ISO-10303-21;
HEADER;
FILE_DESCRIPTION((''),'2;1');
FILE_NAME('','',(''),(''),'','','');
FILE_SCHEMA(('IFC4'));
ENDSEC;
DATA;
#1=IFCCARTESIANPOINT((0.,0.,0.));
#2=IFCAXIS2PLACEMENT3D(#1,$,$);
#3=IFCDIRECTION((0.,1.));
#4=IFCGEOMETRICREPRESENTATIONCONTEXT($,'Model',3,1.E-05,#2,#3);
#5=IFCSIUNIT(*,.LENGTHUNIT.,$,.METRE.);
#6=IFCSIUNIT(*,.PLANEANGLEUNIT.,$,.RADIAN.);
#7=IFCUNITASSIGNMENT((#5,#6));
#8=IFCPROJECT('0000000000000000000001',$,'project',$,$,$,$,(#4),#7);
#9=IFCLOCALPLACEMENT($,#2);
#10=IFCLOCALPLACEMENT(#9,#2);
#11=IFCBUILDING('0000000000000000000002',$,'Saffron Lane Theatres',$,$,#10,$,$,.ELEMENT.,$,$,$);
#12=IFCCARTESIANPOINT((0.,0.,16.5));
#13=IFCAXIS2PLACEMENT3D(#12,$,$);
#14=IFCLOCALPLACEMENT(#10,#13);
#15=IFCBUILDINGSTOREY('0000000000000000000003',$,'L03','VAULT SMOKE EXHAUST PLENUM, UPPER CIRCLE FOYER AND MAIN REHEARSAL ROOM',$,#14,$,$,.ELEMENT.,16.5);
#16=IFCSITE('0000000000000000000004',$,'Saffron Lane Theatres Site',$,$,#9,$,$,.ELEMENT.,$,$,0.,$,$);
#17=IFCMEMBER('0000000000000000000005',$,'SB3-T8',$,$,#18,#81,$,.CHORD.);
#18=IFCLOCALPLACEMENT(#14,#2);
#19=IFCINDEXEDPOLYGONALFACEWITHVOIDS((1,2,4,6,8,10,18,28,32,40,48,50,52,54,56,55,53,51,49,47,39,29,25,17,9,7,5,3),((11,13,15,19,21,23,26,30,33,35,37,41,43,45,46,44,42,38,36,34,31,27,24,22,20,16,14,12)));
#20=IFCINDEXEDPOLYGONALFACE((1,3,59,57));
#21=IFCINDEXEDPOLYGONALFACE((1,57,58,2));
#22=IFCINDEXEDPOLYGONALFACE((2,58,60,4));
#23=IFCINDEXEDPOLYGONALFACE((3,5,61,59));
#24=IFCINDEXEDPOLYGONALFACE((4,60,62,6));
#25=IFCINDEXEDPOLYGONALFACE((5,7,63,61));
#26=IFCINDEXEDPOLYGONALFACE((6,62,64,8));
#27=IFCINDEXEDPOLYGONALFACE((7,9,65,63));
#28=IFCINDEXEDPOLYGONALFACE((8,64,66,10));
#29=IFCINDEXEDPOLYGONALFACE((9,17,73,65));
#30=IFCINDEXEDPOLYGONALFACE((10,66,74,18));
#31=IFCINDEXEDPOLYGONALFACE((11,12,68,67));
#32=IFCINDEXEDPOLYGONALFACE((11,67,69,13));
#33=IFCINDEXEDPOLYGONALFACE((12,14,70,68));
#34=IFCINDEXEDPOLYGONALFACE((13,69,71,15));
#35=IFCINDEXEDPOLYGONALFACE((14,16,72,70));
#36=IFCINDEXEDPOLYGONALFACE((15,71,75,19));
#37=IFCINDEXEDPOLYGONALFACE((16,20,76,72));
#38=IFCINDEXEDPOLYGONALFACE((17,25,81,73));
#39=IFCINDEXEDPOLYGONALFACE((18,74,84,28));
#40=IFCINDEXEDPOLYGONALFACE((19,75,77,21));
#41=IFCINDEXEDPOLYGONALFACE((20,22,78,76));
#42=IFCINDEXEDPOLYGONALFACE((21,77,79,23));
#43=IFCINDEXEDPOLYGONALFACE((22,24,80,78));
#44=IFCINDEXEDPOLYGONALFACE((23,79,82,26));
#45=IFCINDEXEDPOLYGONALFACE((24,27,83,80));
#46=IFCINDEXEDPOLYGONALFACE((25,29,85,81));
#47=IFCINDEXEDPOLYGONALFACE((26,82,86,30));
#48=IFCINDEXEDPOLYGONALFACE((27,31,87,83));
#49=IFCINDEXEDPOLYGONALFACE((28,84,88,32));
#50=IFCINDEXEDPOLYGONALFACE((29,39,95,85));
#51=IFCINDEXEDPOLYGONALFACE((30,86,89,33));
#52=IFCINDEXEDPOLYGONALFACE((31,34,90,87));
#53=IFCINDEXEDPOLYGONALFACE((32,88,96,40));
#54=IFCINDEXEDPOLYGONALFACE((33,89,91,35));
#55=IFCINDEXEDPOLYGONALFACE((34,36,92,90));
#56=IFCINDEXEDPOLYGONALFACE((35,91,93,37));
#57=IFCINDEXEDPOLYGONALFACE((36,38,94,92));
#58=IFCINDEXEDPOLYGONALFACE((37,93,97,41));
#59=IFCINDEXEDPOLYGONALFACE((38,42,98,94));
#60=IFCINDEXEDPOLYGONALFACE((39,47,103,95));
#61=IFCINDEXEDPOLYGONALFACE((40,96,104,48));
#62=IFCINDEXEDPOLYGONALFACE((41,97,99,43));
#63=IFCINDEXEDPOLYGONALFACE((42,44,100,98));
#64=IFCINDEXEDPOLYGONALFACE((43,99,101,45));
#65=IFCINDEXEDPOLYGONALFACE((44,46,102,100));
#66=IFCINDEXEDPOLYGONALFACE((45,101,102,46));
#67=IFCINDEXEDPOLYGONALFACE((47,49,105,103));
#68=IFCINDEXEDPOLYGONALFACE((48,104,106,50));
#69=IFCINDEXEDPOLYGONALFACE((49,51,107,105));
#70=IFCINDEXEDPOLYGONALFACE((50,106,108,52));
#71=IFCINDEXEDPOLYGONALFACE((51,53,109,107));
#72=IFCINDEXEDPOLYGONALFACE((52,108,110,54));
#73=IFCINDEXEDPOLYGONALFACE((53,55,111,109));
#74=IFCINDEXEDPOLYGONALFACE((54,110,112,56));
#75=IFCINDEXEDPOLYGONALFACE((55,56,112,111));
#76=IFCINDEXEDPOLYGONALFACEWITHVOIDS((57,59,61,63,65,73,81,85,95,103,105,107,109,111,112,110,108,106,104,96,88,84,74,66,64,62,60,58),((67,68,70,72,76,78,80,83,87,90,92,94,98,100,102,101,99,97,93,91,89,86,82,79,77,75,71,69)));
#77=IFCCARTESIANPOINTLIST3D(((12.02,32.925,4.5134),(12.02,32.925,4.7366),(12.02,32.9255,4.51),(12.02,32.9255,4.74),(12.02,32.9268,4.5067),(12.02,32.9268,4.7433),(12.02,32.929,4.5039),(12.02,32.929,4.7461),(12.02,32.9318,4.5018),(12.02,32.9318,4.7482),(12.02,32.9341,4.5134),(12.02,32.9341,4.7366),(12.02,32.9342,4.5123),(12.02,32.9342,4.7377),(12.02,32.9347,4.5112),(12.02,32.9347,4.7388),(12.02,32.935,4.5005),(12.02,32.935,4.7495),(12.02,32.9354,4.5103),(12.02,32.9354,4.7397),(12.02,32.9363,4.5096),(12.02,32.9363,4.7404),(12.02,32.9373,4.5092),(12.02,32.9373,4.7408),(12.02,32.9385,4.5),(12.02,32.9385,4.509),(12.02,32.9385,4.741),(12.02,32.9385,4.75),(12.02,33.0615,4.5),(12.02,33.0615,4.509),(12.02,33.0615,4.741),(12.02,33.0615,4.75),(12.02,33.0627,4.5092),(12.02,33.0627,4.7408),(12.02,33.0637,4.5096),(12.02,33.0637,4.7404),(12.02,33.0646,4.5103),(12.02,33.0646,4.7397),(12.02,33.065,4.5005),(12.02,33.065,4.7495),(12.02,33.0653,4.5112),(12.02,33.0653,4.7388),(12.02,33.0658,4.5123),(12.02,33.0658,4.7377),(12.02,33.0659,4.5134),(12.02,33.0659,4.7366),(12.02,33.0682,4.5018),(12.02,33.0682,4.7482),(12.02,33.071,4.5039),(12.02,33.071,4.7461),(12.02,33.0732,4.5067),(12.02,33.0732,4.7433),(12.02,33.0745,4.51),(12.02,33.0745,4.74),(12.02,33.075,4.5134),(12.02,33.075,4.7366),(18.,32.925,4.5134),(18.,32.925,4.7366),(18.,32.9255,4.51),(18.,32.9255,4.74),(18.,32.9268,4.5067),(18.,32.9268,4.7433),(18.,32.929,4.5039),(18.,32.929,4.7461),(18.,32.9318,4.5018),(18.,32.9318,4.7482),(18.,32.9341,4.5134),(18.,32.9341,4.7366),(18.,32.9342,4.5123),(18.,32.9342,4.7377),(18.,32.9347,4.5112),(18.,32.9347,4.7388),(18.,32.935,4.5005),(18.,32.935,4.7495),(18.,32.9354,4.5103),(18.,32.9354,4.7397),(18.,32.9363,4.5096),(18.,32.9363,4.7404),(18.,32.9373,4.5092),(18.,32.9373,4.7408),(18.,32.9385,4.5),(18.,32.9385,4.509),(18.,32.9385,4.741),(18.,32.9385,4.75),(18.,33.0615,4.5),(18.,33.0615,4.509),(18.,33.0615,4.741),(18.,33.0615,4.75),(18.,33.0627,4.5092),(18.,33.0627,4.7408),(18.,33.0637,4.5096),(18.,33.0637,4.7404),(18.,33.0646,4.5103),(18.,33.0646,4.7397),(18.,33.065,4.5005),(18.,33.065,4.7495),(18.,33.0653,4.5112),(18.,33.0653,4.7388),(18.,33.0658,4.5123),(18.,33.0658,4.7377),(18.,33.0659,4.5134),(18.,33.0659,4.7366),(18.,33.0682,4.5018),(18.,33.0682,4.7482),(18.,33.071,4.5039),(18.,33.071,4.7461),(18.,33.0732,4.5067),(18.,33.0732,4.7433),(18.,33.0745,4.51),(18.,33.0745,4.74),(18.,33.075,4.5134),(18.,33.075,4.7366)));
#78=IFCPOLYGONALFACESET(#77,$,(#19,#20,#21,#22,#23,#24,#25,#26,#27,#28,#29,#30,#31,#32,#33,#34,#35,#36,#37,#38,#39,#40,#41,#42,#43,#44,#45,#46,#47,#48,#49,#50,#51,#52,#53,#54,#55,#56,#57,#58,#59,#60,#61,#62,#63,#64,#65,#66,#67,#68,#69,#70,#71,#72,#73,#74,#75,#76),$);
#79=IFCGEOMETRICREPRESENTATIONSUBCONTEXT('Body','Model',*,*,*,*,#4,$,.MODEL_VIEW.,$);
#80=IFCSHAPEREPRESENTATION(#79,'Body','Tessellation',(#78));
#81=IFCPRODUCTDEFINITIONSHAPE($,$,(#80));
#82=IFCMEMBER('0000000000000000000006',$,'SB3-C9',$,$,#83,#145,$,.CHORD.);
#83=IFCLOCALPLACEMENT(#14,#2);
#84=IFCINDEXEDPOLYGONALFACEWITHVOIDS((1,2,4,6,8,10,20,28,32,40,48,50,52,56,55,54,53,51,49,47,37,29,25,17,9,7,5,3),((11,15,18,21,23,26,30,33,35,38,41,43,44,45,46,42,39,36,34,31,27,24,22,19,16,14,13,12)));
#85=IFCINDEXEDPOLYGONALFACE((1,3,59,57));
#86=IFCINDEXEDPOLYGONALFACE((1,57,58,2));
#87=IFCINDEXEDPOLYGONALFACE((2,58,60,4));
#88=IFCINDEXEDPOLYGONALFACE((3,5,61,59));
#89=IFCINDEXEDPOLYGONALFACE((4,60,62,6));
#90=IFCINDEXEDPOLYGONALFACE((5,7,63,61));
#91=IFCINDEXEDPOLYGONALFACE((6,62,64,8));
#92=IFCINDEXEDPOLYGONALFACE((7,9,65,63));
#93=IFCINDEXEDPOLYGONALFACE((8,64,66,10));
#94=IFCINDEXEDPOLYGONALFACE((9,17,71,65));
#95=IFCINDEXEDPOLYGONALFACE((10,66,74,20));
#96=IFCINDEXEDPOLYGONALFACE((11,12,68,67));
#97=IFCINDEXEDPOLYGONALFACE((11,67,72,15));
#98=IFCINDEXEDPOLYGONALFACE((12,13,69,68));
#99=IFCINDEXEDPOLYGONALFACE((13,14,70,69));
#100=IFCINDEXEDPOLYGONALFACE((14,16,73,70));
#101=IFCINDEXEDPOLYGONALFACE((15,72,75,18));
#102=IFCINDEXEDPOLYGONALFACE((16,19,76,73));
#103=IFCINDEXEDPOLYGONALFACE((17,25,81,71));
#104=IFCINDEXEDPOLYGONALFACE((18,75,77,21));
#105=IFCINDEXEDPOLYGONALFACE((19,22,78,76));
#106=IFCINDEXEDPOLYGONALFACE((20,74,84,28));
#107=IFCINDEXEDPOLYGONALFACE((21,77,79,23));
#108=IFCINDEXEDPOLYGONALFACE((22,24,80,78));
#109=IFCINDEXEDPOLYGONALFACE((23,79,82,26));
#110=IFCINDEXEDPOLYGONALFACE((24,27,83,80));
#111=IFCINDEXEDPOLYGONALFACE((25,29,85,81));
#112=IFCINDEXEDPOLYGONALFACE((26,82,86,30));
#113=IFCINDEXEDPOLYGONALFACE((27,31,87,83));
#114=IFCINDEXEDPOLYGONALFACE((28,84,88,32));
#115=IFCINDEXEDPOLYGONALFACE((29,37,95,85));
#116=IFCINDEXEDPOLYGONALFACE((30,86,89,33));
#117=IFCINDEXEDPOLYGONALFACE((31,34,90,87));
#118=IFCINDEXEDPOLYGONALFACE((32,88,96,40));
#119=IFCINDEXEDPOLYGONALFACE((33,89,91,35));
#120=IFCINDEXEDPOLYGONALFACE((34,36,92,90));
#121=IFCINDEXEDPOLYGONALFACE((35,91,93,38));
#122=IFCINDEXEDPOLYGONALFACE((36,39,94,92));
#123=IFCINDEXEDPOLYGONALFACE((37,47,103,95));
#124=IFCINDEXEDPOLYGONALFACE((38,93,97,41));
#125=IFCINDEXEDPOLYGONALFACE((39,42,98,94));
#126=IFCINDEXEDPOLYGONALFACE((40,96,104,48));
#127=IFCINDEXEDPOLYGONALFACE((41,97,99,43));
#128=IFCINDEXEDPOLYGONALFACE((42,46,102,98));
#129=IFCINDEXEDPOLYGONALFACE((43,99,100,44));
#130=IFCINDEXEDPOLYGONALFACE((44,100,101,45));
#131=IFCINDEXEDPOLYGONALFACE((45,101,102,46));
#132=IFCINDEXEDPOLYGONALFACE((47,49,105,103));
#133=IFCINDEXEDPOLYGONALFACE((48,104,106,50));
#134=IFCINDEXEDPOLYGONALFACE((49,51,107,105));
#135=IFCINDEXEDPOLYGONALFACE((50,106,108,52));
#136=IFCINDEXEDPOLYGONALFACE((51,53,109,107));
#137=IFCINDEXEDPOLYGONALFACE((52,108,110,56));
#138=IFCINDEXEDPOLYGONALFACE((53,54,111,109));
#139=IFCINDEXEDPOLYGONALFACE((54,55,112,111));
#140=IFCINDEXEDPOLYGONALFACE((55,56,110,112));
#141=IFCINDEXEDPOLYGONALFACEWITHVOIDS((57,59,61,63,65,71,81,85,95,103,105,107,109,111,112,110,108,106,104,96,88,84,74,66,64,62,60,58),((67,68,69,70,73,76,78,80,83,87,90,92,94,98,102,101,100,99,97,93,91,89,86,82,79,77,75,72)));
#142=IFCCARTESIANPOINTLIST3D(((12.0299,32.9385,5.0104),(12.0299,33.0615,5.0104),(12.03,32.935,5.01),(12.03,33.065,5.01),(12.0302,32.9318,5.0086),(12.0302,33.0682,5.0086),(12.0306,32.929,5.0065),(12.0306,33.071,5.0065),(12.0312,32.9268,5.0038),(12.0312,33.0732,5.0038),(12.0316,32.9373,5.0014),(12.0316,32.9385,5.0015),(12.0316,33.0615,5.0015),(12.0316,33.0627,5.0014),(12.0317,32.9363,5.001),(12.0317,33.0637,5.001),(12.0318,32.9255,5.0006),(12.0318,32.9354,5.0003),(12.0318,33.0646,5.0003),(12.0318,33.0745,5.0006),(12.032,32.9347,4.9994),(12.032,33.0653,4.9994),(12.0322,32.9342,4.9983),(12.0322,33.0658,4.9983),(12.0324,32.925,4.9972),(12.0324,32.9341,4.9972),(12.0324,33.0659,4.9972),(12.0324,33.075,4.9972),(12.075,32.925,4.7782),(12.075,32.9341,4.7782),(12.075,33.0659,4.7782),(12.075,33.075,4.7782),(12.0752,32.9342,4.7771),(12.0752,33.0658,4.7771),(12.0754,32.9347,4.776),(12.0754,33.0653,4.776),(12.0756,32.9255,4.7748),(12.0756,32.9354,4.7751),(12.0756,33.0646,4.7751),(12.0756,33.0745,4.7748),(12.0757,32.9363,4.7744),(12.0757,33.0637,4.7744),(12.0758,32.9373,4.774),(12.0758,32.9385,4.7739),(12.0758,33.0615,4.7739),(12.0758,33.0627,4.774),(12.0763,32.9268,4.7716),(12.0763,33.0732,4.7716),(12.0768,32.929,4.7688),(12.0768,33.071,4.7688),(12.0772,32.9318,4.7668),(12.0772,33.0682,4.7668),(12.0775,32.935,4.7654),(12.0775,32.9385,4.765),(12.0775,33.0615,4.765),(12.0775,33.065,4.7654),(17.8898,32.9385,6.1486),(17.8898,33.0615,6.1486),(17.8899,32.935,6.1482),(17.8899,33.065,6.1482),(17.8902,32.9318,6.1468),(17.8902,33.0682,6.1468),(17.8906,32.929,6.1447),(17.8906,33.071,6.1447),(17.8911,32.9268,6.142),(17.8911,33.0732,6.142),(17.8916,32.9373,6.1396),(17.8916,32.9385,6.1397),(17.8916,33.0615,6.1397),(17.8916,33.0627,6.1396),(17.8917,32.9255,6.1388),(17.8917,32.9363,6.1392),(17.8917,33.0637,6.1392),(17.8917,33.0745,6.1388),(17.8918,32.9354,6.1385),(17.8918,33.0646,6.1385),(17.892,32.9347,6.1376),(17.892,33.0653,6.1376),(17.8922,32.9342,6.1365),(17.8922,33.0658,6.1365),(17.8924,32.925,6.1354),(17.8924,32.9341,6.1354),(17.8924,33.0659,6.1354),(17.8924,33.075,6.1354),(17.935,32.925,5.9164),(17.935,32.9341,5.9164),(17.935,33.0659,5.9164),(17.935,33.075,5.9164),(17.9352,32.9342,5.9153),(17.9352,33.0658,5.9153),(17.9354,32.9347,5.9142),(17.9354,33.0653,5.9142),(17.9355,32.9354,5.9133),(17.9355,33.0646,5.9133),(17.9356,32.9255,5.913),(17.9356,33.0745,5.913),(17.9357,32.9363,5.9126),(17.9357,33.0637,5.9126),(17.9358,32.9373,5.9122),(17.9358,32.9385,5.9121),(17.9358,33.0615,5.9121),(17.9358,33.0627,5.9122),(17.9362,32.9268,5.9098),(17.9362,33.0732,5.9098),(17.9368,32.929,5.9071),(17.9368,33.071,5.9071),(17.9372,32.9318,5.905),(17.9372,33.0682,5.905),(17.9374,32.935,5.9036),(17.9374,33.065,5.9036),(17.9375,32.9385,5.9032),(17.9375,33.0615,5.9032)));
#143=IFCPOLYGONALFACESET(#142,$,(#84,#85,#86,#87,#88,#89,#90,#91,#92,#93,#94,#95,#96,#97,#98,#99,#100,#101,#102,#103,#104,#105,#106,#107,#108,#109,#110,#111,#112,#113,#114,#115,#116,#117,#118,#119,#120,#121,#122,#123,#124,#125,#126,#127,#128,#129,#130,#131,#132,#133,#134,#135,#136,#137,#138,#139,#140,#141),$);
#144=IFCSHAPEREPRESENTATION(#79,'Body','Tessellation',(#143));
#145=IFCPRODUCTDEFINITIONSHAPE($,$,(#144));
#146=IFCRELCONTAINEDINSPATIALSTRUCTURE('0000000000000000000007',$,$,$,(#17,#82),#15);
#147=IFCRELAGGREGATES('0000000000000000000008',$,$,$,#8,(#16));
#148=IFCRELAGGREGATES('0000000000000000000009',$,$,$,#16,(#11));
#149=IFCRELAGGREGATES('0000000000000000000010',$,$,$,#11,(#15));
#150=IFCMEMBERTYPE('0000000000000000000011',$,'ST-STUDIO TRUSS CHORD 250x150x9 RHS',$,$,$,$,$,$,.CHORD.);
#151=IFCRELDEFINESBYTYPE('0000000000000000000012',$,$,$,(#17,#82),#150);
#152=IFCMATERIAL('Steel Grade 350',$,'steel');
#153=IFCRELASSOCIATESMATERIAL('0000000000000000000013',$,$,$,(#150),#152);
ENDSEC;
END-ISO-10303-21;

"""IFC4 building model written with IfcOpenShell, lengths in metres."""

from ifc_helpers import new_model, si_unit, direction, frame, origin, origin_2d, place, context, subcontext, project, spatial, hollow_rectangle, extrude, material, material_profile, profile_set, type_object, element, save


model = new_model("IFC4")

# Units and contexts
model_context = context("Model", 3, precision=1e-05, world=origin(), true_north=direction((0.0, 1.0)))
body_context = subcontext(model_context, "Body", "Model", "MODEL_VIEW")
ifc_project = project(units=[si_unit("LENGTHUNIT", "METRE"), si_unit("PLANEANGLEUNIT", "RADIAN")], contexts=[model_context])

# Site, building, storey
site_placement = place(None, origin())
site = spatial("IfcSite", under=ifc_project, at=site_placement, Name="Saffron Lane Theatres Site", CompositionType="ELEMENT", RefElevation=0.0)
building_placement = place(site_placement, origin())
building = spatial("IfcBuilding", under=site, at=building_placement, Name="Saffron Lane Theatres", CompositionType="ELEMENT")
storey_placement = place(building_placement, frame((0.0, 0.0, 16.5)))
storey = spatial("IfcBuildingStorey", under=building, at=storey_placement, Name="L03", Description="VAULT SMOKE EXHAUST PLENUM, UPPER CIRCLE FOYER AND MAIN REHEARSAL ROOM", CompositionType="ELEMENT", Elevation=16.5)

# Members
ifc_material_1 = material(Name="Steel Grade 350", Category="steel")
ifc_material_profile_1 = material_profile(ifc_material_1, hollow_rectangle(XDim=0.1499, YDim=0.25, WallThickness=0.009, InnerFilletRadius=0.0044, OuterFilletRadius=0.0134, at=origin_2d()))
ifc_profile_set_1 = profile_set([ifc_material_profile_1], Name="Steel Grade 350")
member_type_1 = type_object("IfcMemberType", Name="ST-STUDIO TRUSS CHORD 250x150x9 RHS", PredefinedType="CHORD", material=ifc_profile_set_1)
member_1_placement = place(storey_placement, frame((12.02, 33.0, 4.625), z_axis=(1.0, 0.0, 0.0), x_axis=(0.0, 1.0, 0.0)))
element("IfcMember", 1, at=member_1_placement, inside=storey, type_object=member_type_1, Name="SB3-T8", PredefinedType="CHORD", context=body_context, shape_type="SweptSolid", body=[
    extrude(hollow_rectangle(XDim=0.1499, YDim=0.25, WallThickness=0.009, InnerFilletRadius=0.0044, OuterFilletRadius=0.0134, at=origin_2d()), origin(), (0.0, 0.0, 1.0), 5.98),
])
member_2_placement = place(storey_placement, frame((12.0537, 33.0, 4.8877), z_axis=(0.981654, 0.0, 0.19067), x_axis=(0.0, 1.0, 0.0)))
element("IfcMember", 2, at=member_2_placement, inside=storey, type_object=member_type_1, Name="SB3-C9", PredefinedType="CHORD", context=body_context, shape_type="SweptSolid", body=[
    extrude(hollow_rectangle(XDim=0.1499, YDim=0.25, WallThickness=0.009, InnerFilletRadius=0.0044, OuterFilletRadius=0.0134, at=origin_2d()), origin(), (0.0, 0.0, 1.0), 5.9695),
])

save(model, "model.ifc")
